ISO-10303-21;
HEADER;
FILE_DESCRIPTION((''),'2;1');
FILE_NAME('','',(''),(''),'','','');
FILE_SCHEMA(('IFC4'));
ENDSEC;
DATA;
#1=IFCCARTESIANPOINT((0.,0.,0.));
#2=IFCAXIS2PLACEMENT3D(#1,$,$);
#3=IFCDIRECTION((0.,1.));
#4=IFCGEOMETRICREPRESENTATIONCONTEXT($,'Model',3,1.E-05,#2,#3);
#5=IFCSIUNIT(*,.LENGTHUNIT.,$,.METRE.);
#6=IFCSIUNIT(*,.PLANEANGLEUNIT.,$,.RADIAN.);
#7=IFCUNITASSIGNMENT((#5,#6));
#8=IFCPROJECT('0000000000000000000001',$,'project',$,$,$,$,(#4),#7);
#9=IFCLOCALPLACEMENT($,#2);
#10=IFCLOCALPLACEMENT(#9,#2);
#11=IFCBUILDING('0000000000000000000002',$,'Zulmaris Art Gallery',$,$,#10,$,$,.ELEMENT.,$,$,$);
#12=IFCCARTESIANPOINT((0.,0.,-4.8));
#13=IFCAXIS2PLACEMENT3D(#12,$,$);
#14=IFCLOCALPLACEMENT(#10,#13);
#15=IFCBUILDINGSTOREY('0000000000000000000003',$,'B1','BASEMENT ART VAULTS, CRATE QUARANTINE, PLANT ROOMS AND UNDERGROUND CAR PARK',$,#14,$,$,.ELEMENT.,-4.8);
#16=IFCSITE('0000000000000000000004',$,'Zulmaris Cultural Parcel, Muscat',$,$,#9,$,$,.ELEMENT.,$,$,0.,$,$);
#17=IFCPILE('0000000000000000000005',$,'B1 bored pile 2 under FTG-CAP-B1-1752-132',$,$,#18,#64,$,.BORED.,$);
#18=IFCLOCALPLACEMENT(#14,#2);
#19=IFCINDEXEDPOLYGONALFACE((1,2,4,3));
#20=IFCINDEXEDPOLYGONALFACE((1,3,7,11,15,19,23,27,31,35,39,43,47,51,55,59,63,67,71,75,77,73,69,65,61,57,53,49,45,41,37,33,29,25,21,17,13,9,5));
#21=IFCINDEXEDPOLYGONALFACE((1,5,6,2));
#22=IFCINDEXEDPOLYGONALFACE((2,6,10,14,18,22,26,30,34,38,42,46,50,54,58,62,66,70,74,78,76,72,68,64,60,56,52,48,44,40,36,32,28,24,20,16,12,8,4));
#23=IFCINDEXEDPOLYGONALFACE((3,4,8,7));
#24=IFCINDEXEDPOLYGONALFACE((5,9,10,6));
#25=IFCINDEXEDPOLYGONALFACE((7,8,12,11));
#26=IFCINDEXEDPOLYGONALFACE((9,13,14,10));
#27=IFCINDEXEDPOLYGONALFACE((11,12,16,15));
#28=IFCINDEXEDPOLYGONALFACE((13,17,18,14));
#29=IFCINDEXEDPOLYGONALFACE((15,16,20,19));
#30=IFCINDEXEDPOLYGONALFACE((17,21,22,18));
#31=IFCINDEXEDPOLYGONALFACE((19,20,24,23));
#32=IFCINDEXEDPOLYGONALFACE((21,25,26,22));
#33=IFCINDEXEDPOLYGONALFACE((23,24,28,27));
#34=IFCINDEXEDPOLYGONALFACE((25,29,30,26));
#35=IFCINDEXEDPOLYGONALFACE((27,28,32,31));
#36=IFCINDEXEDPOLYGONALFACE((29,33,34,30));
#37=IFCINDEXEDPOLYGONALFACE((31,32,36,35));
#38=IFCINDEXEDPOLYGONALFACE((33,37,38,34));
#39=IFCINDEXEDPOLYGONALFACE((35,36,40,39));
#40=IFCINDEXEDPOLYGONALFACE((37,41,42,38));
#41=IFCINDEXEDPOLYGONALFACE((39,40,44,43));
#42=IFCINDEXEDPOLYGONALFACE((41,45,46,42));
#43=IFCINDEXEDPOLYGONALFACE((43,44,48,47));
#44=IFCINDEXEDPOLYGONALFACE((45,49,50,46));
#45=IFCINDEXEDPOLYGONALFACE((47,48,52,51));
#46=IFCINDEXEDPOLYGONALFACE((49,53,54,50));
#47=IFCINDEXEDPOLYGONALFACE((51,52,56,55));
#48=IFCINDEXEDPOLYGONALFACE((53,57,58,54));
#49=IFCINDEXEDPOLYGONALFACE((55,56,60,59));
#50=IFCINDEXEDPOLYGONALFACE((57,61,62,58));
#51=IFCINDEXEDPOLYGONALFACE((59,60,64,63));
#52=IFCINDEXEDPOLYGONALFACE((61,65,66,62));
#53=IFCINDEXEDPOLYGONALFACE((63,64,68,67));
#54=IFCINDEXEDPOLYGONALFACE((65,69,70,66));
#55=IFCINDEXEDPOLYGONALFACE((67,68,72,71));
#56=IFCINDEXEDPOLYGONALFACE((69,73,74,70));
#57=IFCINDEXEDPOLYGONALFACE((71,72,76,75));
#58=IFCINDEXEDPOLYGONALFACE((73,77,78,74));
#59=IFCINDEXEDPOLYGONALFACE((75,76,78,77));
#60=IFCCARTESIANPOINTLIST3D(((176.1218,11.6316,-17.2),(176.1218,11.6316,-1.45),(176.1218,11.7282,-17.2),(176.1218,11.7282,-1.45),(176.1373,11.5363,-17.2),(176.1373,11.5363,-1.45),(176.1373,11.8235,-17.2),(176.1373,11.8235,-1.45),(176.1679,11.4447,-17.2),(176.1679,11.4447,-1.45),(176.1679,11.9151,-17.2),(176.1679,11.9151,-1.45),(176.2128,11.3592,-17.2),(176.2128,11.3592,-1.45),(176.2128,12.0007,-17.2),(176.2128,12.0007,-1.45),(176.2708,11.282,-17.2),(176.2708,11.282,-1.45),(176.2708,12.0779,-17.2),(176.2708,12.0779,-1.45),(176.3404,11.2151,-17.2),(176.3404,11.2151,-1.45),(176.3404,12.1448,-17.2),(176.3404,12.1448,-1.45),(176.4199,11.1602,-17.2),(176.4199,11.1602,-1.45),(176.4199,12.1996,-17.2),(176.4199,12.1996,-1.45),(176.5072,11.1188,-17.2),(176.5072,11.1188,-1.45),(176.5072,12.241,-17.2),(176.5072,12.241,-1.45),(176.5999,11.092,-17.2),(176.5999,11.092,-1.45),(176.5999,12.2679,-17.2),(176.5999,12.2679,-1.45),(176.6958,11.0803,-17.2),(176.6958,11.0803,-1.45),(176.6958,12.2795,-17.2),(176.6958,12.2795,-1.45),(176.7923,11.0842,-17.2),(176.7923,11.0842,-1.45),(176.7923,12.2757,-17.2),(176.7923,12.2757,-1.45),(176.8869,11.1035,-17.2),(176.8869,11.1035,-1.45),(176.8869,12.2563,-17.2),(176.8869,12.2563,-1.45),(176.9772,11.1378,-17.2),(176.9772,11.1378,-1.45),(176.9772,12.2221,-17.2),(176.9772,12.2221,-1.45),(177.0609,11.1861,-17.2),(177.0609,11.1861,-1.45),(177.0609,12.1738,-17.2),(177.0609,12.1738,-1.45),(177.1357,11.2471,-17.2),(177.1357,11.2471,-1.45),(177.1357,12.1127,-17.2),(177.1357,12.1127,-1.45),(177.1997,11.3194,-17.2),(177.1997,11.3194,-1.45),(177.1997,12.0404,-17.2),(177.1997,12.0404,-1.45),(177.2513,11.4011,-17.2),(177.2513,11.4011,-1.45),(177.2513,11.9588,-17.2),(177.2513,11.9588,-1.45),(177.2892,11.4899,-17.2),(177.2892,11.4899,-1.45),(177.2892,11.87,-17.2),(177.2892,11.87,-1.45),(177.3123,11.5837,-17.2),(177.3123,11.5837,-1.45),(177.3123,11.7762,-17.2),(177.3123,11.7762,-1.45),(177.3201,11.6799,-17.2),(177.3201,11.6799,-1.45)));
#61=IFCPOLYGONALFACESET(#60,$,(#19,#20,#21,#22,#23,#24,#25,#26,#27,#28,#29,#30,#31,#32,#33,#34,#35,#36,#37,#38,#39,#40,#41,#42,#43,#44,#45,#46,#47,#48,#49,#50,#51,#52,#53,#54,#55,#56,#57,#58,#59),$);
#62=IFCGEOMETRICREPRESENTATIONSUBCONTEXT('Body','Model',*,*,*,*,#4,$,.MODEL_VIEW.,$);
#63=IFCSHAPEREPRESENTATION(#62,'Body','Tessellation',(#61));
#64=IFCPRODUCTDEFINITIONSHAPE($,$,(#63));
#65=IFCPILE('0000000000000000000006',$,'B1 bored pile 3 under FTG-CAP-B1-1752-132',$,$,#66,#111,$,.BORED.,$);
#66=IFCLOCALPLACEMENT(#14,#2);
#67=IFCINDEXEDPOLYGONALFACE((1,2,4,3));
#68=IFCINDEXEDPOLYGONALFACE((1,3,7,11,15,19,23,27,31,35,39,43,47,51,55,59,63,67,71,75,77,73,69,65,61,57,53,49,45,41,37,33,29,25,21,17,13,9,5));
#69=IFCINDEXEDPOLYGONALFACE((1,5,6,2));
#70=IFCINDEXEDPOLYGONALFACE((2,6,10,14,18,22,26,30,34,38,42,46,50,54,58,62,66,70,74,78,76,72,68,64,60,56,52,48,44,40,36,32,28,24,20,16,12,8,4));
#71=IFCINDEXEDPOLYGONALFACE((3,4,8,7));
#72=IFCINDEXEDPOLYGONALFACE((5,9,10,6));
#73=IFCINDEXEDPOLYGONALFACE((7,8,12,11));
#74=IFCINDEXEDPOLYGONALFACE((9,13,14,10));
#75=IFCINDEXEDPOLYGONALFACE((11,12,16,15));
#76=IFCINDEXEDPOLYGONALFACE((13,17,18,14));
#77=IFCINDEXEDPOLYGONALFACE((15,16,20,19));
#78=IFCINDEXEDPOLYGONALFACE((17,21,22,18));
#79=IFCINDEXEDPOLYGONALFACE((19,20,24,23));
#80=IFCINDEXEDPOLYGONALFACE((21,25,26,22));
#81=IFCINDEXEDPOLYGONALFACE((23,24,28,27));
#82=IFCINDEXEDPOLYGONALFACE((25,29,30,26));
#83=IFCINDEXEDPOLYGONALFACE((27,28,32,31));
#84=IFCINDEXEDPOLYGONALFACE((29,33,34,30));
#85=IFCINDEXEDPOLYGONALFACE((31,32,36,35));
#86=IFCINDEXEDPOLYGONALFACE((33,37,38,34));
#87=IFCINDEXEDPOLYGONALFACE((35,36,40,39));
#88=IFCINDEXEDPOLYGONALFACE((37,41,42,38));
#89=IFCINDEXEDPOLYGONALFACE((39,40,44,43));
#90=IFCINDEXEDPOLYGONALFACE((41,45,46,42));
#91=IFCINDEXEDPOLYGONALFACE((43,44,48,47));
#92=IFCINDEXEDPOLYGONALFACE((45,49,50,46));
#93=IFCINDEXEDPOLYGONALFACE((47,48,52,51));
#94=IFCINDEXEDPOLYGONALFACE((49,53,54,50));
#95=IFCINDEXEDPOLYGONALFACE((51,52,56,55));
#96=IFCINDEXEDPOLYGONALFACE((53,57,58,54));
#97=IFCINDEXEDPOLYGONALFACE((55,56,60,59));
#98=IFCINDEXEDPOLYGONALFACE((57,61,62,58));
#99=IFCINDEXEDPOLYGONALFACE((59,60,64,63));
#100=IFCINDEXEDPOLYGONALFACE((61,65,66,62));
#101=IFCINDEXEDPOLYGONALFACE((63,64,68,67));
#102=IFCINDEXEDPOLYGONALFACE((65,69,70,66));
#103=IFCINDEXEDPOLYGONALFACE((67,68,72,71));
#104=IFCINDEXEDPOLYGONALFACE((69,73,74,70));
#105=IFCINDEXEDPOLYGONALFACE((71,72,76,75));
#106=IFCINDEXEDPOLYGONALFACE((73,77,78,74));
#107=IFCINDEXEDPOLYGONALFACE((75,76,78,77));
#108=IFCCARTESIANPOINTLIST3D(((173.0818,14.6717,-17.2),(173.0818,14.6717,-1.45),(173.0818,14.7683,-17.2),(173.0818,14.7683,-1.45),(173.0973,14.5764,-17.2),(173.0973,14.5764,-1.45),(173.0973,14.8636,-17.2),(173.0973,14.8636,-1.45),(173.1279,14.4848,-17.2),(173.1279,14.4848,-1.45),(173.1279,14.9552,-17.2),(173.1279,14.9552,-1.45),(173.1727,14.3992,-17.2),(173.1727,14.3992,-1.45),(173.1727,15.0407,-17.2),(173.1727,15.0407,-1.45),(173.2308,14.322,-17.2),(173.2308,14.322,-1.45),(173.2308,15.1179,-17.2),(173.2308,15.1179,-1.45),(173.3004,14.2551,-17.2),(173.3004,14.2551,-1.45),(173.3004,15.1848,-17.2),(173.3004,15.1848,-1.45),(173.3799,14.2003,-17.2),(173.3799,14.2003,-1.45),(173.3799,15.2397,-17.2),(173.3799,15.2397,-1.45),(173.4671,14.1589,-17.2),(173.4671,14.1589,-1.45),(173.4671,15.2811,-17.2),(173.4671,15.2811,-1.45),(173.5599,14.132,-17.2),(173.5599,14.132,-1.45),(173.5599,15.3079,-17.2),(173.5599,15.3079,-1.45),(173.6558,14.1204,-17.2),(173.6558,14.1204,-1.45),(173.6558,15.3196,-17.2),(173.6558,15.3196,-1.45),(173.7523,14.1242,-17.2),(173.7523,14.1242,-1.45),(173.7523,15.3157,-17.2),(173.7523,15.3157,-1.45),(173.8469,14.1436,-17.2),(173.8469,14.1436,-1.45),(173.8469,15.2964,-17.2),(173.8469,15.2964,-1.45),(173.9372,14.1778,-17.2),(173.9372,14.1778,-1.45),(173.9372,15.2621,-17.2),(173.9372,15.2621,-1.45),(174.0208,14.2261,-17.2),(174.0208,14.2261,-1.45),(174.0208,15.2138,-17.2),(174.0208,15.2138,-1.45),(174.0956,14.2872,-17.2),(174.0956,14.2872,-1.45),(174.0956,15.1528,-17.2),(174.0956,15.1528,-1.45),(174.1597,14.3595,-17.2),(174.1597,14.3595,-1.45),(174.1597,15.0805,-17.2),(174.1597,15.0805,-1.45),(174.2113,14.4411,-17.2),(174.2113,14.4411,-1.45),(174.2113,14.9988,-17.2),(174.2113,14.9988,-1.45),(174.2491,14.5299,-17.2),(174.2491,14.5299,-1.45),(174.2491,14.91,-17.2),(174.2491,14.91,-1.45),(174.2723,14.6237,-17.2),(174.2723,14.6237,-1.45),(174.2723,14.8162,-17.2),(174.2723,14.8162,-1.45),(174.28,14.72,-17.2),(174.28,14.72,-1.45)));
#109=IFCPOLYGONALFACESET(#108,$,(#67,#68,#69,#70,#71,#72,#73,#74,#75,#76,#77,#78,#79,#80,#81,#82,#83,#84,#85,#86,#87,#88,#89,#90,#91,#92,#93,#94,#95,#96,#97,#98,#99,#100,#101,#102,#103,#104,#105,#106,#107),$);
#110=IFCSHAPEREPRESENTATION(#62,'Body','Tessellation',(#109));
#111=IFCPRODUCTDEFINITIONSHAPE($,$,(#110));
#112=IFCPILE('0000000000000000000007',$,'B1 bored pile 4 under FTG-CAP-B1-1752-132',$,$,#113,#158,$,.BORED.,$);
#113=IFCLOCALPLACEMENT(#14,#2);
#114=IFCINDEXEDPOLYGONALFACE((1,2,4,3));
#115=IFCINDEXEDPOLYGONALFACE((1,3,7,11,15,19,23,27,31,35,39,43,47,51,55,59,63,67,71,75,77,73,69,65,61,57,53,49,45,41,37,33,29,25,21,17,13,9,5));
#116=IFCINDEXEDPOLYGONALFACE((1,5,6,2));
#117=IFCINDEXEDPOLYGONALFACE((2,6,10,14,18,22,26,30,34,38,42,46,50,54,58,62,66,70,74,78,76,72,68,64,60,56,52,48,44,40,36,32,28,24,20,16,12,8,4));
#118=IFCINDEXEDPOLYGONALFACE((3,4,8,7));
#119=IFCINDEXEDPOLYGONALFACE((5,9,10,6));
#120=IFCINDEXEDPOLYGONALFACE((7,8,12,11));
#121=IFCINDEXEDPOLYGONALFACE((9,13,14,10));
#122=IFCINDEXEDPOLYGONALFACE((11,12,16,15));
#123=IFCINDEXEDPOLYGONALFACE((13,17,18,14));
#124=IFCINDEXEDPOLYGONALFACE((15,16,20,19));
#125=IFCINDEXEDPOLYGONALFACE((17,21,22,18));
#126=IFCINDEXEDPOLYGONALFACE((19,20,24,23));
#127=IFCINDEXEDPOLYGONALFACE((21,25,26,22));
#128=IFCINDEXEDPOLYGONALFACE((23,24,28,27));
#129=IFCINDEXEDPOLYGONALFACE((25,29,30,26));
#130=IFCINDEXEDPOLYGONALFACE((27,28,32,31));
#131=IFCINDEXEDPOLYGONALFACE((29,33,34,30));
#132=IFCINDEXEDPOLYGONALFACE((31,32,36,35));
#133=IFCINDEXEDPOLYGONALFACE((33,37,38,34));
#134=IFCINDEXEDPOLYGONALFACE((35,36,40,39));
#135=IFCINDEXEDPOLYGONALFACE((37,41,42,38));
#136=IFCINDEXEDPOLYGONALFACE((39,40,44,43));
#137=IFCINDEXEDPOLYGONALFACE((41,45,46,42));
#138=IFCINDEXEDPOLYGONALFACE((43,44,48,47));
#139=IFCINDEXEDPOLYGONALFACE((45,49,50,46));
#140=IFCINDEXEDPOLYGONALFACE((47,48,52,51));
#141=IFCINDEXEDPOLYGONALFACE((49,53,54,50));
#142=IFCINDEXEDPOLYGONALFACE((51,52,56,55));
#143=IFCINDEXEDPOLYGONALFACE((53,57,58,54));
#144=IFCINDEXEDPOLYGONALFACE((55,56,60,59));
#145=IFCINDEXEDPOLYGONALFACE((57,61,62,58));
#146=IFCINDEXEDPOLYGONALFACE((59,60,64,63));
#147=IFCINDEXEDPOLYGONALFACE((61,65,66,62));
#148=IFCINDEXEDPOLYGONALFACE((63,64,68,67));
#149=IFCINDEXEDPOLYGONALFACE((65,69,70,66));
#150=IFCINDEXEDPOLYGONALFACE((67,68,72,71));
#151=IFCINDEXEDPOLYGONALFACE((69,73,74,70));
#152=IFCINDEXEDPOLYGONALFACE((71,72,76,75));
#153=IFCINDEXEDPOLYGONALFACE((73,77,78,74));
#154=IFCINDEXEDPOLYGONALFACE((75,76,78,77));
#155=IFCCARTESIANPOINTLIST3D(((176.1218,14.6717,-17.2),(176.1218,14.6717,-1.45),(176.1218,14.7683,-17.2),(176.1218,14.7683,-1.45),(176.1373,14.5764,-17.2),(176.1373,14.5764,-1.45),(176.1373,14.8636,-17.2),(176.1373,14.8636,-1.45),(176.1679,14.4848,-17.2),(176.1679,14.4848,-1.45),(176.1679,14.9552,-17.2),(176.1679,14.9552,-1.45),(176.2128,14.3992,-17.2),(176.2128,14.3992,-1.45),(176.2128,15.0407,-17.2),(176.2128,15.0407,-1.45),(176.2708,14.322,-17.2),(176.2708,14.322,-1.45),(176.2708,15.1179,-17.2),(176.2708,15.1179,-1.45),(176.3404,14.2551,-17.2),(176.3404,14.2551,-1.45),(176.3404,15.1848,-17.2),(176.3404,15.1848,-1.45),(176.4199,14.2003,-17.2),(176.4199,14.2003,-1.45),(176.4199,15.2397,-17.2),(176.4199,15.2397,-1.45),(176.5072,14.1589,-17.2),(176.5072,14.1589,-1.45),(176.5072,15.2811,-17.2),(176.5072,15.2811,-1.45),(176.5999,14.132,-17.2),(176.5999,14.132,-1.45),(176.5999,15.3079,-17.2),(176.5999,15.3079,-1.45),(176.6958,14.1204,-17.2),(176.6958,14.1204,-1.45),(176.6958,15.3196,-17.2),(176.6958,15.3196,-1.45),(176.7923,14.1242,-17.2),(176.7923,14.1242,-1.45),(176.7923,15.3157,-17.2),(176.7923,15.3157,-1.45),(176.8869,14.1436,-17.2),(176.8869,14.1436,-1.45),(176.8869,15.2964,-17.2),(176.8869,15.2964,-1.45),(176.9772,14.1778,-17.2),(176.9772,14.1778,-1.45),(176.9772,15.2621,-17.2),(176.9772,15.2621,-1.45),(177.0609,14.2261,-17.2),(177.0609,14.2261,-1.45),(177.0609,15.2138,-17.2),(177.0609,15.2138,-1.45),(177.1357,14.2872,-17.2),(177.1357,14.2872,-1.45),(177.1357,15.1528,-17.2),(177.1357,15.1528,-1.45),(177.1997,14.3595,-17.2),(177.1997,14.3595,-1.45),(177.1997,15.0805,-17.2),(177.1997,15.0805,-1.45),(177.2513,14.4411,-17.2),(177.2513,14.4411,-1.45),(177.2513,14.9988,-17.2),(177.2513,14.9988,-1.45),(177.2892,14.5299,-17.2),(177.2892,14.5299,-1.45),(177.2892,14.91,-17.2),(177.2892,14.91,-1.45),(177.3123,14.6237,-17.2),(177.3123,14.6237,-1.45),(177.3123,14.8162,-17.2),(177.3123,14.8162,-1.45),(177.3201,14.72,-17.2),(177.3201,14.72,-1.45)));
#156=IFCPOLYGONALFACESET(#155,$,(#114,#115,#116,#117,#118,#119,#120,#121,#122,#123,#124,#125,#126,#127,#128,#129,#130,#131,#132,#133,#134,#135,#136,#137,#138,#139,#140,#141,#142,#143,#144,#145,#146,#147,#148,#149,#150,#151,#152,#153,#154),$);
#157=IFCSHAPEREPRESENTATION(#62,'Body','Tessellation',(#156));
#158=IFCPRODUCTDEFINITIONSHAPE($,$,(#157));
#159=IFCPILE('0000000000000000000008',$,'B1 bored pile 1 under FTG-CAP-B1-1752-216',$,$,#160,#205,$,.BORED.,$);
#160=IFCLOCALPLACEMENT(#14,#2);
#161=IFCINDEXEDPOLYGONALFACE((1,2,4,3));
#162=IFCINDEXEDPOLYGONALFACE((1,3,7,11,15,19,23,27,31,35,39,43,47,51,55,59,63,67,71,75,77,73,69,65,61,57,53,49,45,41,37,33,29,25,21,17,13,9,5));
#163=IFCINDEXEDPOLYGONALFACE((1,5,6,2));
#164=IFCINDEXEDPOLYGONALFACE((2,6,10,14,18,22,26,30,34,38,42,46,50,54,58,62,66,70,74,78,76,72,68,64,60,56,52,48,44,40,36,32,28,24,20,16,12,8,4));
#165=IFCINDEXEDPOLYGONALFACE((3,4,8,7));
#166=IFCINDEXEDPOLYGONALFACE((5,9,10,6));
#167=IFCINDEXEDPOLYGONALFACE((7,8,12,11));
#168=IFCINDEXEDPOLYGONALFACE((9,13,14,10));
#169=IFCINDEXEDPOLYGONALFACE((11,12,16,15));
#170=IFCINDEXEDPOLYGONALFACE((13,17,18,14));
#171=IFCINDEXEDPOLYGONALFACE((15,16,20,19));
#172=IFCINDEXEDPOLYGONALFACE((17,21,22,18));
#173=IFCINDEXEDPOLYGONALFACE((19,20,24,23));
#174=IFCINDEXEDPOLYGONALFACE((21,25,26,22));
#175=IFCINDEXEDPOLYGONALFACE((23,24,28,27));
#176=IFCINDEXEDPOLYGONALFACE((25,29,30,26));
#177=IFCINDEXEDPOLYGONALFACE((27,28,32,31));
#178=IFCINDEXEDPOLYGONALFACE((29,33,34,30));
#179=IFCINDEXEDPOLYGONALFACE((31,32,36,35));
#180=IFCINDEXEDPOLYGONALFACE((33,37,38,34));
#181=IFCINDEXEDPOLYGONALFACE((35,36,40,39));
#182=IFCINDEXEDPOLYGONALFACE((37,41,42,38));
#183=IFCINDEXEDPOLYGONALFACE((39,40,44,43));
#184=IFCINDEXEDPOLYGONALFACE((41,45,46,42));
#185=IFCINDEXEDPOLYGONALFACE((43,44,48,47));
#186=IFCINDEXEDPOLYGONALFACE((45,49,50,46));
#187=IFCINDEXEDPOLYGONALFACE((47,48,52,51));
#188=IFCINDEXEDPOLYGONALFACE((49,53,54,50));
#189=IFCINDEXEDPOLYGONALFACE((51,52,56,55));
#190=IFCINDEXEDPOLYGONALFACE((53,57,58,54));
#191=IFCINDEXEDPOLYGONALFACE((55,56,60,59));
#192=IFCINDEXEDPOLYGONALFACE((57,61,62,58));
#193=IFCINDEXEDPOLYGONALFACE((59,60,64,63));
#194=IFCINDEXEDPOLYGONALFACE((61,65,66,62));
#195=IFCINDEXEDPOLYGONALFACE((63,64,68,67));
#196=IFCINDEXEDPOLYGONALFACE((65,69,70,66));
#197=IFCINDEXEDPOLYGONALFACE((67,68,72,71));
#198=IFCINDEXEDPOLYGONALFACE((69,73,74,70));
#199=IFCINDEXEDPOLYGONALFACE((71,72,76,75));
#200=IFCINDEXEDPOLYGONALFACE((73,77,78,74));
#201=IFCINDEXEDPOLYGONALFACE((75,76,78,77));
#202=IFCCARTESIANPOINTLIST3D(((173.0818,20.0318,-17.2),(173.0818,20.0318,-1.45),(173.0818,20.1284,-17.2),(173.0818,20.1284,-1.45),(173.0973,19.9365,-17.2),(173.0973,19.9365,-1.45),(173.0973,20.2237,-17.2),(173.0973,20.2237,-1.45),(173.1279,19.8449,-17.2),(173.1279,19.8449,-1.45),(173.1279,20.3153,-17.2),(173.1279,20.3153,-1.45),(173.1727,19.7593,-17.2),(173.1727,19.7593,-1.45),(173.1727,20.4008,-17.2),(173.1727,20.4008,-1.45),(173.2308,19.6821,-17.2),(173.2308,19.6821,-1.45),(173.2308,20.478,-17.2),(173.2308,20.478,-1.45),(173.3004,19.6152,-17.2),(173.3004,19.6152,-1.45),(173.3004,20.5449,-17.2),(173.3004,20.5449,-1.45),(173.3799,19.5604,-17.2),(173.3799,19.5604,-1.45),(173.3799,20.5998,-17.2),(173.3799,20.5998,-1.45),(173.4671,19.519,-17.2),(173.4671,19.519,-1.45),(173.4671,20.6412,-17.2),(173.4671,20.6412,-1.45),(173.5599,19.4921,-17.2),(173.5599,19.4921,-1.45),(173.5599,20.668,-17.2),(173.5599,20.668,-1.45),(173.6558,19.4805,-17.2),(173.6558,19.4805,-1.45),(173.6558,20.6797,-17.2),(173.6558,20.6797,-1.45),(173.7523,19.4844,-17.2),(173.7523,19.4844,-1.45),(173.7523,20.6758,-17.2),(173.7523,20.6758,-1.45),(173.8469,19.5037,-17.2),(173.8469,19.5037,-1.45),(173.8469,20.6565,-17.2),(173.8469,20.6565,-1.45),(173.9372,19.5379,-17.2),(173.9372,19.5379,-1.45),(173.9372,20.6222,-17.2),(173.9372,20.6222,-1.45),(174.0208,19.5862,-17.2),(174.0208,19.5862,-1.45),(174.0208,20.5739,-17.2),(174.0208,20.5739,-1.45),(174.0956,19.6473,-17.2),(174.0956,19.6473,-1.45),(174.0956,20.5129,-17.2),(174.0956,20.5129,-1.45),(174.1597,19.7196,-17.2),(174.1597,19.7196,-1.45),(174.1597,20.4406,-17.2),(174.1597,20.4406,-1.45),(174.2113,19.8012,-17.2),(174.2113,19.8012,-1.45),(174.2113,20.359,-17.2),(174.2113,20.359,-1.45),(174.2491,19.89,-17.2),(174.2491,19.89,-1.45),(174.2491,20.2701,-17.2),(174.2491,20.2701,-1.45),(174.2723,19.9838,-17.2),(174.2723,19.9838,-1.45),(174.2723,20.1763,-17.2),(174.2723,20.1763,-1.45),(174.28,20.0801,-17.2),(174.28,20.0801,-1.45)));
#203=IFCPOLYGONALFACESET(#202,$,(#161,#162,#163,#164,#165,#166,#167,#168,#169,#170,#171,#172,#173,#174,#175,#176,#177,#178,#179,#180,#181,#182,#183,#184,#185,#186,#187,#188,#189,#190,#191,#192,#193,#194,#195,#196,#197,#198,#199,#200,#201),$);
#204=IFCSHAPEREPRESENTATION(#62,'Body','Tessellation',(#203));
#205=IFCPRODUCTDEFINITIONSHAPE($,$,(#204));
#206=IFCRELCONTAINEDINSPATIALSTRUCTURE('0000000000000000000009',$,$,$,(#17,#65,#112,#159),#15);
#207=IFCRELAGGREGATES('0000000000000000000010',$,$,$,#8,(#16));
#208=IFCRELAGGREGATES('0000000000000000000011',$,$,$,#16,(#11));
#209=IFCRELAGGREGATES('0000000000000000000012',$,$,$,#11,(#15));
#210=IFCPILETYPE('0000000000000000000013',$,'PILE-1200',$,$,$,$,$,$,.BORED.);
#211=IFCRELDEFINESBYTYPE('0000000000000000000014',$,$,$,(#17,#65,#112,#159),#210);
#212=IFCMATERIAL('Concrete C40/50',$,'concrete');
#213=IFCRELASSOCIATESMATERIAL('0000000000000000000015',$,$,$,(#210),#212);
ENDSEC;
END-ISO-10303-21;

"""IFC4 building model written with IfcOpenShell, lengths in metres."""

from ifc_helpers import new_model, si_unit, direction, frame, origin, origin_2d, place, context, subcontext, project, spatial, circle, extrude, material, material_profile, profile_set, type_object, element, save


model = new_model("IFC4")

# Units and contexts
model_context = context("Model", 3, precision=1e-05, world=origin(), true_north=direction((0.0, 1.0)))
body_context = subcontext(model_context, "Body", "Model", "MODEL_VIEW")
ifc_project = project(units=[si_unit("LENGTHUNIT", "METRE"), si_unit("PLANEANGLEUNIT", "RADIAN")], contexts=[model_context])

# Site, building, storey
site_placement = place(None, origin())
site = spatial("IfcSite", under=ifc_project, at=site_placement, Name="Zulmaris Cultural Parcel, Muscat", CompositionType="ELEMENT", RefElevation=0.0)
building_placement = place(site_placement, origin())
building = spatial("IfcBuilding", under=site, at=building_placement, Name="Zulmaris Art Gallery", CompositionType="ELEMENT")
storey_placement = place(building_placement, frame((0.0, 0.0, -4.8)))
storey = spatial("IfcBuildingStorey", under=building, at=storey_placement, Name="B1", Description="BASEMENT ART VAULTS, CRATE QUARANTINE, PLANT ROOMS AND UNDERGROUND CAR PARK", CompositionType="ELEMENT", Elevation=-4.8)

# Piles
ifc_material_1 = material(Name="Concrete C40/50", Category="concrete")
ifc_material_profile_1 = material_profile(ifc_material_1, circle(Radius=0.6001, at=origin_2d()), Name="PILE DIA 1200")
ifc_profile_set_1 = profile_set([ifc_material_profile_1], Name="Concrete C40/50")
pile_type = type_object("IfcPileType", Name="PILE-1200", PredefinedType="BORED", material=ifc_profile_set_1)
for number, where, z_axis, x_axis, name in (
    (1, (176.72, 11.6799, -1.45), (0.0, 0.0, -1.0), (1.0, 0.0, 0.0), "B1 bored pile 2 under FTG-CAP-B1-1752-132"),
    (2, (173.6799, 14.72, -1.45), (0.0, 0.0, -1.0), (1.0, 0.0, 0.0), "B1 bored pile 3 under FTG-CAP-B1-1752-132"),
    (3, (176.72, 14.72, -1.45), (0.0, 0.0, -1.0), (1.0, 0.0, 0.0), "B1 bored pile 4 under FTG-CAP-B1-1752-132"),
    (4, (173.6799, 20.0801, -1.45), (0.0, 0.0, -1.0), (1.0, 0.0, 0.0), "B1 bored pile 1 under FTG-CAP-B1-1752-216"),
):
    element("IfcPile", number, at=place(storey_placement, frame(where, z_axis=z_axis, x_axis=x_axis)), inside=storey, type_object=pile_type, Name=name, PredefinedType="BORED", context=body_context, shape_type="SweptSolid", body=[
        extrude(circle(Radius=0.6001, at=origin_2d()), origin(), (0.0, 0.0, 1.0), 15.75),
    ])

save(model, "model.ifc")
